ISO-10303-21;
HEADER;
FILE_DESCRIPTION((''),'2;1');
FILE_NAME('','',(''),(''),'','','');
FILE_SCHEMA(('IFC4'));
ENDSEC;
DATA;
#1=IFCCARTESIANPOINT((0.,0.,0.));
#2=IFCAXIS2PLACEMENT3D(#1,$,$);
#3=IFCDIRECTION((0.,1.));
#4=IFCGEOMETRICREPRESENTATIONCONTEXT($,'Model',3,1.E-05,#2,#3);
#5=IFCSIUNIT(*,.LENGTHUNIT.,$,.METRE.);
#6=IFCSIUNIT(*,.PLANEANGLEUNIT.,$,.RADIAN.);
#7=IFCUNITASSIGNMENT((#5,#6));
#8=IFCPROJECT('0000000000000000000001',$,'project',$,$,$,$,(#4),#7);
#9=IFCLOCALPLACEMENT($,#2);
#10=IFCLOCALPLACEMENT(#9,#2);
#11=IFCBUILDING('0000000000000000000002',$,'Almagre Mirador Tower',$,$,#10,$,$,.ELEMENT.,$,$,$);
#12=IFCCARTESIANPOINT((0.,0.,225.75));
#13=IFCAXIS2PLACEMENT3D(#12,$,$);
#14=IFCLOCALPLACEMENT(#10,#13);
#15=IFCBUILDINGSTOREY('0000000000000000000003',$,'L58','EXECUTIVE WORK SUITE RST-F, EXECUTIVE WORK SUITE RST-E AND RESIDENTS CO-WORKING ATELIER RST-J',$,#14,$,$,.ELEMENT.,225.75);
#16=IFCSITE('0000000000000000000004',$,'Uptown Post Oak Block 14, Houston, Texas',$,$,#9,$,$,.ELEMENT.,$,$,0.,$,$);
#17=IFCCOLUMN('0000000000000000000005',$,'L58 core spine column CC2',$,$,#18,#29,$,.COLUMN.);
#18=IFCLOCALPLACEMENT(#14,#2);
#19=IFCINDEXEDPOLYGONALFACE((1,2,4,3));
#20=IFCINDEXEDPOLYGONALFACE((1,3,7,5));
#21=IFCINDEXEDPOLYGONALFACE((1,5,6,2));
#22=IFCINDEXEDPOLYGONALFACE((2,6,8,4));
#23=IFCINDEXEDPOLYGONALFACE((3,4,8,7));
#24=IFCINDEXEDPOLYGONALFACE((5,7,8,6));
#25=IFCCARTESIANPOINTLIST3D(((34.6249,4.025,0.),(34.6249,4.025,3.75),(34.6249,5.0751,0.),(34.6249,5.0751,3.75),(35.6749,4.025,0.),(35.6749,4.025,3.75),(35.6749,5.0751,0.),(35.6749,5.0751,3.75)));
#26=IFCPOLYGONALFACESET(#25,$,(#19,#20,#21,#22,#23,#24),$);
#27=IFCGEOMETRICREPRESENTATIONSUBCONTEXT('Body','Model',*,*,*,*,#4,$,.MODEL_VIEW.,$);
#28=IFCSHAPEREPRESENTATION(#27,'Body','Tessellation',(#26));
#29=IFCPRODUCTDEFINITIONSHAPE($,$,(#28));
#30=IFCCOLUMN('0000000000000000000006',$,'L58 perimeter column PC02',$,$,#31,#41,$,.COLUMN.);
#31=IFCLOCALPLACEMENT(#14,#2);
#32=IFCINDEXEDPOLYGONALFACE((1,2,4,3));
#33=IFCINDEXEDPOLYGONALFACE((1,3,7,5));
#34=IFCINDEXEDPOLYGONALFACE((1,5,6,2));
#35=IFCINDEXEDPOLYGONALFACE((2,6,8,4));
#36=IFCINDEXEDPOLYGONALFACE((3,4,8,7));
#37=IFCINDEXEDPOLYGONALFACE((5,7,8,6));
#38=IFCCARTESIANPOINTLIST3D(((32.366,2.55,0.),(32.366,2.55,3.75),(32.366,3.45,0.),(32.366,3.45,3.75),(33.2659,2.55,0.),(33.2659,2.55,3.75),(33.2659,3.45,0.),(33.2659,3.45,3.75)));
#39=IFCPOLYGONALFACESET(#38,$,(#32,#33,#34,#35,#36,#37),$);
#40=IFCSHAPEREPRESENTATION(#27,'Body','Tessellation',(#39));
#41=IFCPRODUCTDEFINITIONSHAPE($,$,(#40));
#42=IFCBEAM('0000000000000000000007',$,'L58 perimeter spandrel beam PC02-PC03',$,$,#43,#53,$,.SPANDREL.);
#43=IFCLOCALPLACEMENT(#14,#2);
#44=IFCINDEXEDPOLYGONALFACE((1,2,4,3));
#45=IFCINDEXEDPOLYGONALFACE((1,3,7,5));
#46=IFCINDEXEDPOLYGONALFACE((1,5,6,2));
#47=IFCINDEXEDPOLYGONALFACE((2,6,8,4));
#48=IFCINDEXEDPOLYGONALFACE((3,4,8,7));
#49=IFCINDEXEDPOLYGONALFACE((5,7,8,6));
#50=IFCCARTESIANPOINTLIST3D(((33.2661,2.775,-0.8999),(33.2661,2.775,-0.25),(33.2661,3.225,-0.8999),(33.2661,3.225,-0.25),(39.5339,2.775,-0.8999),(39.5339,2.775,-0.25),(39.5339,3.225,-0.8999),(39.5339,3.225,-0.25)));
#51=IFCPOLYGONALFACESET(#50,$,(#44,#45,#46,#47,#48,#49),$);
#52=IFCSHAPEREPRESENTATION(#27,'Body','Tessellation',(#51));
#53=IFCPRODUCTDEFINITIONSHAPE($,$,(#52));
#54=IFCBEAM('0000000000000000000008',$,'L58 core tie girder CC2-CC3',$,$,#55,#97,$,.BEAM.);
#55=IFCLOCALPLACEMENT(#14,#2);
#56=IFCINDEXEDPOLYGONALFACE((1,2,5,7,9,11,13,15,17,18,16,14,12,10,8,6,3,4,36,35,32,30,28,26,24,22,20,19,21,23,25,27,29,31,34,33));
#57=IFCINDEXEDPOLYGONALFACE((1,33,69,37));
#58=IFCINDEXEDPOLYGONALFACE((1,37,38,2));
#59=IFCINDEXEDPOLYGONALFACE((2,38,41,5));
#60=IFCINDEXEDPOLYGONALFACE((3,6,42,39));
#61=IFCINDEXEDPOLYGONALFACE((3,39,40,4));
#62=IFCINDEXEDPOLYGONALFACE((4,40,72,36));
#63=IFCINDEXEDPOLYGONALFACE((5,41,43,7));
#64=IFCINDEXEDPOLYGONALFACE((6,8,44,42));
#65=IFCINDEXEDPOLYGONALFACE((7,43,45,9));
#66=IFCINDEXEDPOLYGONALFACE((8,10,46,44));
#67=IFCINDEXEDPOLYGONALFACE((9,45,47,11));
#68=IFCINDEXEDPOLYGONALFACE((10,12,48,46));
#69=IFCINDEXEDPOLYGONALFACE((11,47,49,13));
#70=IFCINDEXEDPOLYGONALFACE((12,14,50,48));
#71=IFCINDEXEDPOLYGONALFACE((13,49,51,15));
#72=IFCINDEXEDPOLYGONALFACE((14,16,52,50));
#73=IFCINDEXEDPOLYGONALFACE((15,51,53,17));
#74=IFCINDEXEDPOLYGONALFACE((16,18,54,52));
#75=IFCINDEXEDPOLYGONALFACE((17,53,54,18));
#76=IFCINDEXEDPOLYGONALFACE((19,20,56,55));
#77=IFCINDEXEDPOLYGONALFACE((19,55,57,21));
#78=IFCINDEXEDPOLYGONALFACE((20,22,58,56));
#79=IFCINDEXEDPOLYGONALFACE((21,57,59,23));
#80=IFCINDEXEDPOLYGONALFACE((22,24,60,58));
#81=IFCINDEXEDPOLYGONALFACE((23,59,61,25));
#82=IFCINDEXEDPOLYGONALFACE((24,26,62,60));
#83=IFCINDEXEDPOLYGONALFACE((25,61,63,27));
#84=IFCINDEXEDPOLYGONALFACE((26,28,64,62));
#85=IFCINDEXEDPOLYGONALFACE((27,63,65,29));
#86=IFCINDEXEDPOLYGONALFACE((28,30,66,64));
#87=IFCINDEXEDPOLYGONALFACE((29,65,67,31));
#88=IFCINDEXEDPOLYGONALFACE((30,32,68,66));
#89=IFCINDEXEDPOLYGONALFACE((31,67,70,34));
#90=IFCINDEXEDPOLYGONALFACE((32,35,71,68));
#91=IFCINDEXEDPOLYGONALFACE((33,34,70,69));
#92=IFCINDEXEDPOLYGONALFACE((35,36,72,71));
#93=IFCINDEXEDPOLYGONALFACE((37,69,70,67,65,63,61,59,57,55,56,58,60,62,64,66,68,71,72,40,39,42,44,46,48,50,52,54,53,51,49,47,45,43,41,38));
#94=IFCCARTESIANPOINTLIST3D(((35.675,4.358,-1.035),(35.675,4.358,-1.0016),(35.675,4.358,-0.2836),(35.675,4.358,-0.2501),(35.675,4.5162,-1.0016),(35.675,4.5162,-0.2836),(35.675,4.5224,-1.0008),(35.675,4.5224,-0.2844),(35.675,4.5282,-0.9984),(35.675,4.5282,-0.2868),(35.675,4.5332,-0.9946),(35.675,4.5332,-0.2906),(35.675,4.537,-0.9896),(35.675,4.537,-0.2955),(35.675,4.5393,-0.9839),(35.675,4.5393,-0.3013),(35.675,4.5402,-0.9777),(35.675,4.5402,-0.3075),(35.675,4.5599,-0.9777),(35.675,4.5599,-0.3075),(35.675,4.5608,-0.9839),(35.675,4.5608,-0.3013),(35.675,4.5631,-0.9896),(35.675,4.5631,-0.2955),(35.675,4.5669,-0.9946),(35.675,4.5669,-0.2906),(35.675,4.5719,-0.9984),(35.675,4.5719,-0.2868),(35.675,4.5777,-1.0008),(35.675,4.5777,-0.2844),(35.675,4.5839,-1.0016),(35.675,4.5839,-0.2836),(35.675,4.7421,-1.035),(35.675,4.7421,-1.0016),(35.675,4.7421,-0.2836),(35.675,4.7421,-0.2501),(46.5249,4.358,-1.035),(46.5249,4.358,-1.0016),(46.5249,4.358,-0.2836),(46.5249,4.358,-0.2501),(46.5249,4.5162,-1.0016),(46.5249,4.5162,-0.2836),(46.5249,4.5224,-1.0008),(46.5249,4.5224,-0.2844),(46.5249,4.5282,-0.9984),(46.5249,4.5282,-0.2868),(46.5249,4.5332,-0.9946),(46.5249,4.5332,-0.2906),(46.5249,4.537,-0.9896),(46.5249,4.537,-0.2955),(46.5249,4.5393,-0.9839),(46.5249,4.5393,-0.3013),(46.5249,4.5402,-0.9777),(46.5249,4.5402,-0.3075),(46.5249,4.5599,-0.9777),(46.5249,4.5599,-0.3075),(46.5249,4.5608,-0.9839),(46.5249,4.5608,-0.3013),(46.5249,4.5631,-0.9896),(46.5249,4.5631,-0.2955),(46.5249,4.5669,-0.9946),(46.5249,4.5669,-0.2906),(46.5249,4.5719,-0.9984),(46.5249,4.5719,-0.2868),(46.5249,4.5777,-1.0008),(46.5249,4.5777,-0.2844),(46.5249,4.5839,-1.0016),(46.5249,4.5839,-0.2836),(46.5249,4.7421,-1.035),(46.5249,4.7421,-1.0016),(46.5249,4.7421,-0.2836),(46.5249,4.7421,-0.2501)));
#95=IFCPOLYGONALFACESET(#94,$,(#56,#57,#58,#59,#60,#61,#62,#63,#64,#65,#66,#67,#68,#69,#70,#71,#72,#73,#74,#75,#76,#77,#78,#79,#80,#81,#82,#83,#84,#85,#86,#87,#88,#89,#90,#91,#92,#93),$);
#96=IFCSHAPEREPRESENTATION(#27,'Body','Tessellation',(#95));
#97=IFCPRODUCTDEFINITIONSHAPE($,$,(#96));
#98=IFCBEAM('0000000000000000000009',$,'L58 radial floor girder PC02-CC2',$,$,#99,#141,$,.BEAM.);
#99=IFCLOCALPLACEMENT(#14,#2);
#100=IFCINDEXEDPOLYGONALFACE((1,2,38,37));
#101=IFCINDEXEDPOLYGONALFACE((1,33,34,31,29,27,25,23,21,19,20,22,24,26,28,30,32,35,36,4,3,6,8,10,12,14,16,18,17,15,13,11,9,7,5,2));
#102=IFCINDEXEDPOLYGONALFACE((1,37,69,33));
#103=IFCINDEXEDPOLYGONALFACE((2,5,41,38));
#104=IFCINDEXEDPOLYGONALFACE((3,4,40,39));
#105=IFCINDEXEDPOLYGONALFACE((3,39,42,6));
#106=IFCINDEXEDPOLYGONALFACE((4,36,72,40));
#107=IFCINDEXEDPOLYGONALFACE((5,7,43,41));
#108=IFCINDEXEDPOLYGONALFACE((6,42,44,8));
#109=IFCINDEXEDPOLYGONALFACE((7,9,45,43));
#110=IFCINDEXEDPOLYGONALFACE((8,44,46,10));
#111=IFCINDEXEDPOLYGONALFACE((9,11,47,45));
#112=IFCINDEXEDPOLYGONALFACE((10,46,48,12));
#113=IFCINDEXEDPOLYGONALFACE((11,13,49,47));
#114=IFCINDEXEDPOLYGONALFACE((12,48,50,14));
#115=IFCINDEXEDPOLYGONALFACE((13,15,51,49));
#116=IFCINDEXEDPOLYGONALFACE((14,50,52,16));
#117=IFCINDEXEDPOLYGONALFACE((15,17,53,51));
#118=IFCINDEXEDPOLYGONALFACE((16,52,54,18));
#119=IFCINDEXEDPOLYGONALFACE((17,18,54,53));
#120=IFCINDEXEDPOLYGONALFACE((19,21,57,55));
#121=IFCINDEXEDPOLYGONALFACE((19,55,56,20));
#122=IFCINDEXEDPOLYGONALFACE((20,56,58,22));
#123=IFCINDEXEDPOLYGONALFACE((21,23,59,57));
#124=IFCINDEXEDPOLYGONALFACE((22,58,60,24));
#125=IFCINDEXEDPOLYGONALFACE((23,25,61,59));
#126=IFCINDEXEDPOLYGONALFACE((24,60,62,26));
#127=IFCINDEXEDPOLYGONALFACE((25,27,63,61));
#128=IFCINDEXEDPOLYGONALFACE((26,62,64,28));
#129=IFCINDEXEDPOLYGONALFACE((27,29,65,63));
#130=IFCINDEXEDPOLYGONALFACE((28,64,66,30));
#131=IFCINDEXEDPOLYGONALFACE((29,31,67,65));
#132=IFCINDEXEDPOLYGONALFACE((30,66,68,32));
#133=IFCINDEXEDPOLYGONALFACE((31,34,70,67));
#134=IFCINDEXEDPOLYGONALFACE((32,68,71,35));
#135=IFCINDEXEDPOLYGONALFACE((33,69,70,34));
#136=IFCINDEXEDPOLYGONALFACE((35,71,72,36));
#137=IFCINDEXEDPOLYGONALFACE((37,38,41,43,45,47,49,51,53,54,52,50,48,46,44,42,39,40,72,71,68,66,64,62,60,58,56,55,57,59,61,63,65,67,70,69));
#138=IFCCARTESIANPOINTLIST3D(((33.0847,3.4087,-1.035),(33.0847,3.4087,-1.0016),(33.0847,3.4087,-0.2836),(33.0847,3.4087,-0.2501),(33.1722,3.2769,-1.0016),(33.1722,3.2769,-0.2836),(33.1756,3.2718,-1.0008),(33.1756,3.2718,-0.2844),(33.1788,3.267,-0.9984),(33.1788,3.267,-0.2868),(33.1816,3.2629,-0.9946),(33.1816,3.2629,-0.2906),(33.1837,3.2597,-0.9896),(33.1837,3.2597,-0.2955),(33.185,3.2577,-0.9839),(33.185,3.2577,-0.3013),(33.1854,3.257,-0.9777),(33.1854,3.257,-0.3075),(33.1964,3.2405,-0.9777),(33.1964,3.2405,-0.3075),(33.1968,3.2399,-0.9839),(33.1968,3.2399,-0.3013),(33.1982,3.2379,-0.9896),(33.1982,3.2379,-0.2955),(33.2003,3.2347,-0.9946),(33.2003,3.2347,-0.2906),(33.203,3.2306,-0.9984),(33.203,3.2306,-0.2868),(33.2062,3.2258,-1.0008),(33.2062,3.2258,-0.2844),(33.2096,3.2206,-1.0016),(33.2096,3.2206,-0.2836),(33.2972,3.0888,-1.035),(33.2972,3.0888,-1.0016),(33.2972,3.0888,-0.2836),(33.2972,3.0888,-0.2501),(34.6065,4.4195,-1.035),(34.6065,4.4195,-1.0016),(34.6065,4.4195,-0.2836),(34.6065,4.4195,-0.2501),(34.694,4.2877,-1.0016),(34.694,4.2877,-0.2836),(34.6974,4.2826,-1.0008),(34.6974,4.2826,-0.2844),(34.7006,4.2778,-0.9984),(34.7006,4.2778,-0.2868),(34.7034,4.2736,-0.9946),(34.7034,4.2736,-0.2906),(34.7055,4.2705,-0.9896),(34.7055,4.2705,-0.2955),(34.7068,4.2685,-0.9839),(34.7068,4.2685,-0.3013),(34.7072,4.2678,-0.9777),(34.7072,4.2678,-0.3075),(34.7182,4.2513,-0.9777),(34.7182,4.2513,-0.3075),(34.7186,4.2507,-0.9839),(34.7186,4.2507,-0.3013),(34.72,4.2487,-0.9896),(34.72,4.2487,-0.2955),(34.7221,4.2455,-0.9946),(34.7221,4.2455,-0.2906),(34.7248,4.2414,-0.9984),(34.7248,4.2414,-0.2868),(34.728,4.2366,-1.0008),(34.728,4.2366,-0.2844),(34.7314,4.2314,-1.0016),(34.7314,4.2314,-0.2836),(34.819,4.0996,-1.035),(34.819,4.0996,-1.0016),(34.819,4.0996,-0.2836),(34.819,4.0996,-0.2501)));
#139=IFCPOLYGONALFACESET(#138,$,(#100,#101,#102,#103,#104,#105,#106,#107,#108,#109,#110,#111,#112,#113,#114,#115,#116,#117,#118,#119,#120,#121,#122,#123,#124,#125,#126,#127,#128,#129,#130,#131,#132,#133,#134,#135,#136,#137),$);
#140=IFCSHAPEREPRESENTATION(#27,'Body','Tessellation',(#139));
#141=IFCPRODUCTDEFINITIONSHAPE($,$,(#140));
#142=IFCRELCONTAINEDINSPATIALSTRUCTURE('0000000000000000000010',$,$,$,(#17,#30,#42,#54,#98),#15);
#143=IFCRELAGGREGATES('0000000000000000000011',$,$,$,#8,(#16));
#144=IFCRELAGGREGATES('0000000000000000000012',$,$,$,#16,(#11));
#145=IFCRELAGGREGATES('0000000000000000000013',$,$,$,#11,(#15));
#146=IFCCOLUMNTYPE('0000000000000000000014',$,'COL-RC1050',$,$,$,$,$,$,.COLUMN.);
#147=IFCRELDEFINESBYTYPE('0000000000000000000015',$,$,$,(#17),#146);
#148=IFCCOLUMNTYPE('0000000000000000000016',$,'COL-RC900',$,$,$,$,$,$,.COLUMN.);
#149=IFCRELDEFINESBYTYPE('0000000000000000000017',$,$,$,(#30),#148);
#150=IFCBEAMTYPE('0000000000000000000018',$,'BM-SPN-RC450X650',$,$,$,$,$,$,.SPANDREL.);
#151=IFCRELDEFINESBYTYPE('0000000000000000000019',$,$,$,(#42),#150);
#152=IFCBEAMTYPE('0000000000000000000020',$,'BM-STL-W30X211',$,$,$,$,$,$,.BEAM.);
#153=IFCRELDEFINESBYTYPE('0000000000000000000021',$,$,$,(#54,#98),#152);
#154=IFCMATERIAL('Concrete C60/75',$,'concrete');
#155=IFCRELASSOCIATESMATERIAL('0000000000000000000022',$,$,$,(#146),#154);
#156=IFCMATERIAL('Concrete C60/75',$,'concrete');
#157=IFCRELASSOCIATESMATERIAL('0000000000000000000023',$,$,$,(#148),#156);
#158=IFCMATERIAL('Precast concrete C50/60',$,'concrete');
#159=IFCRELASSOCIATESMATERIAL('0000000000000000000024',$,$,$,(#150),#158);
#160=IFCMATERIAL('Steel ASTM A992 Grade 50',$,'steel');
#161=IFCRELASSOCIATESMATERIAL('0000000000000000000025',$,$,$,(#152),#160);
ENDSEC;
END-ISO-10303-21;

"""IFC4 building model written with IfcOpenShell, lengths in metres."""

from ifc_helpers import new_model, si_unit, direction, frame, origin, origin_2d, place, context, subcontext, project, spatial, rectangle, i_section, extrude, material, material_profile, profile_set, type_object, element, save


model = new_model("IFC4")

# Units and contexts
model_context = context("Model", 3, precision=1e-05, world=origin(), true_north=direction((0.0, 1.0)))
body_context = subcontext(model_context, "Body", "Model", "MODEL_VIEW")
ifc_project = project(units=[si_unit("LENGTHUNIT", "METRE"), si_unit("PLANEANGLEUNIT", "RADIAN")], contexts=[model_context])

# Site, building, storey
site_placement = place(None, origin())
site = spatial("IfcSite", under=ifc_project, at=site_placement, Name="Uptown Post Oak Block 14, Houston, Texas", CompositionType="ELEMENT", RefElevation=0.0)
building_placement = place(site_placement, origin())
building = spatial("IfcBuilding", under=site, at=building_placement, Name="Almagre Mirador Tower", CompositionType="ELEMENT")
storey_placement = place(building_placement, frame((0.0, 0.0, 225.75)))
storey = spatial("IfcBuildingStorey", under=building, at=storey_placement, Name="L58", Description="EXECUTIVE WORK SUITE RST-F, EXECUTIVE WORK SUITE RST-E AND RESIDENTS CO-WORKING ATELIER RST-J", CompositionType="ELEMENT", Elevation=225.75)

# Columns
ifc_material_1 = material(Name="Concrete C60/75", Category="concrete")
ifc_material_profile_1 = material_profile(ifc_material_1, rectangle(XDim=1.05, YDim=1.05, at=origin_2d()), Name="RC1050X1050")
ifc_profile_set_1 = profile_set([ifc_material_profile_1], Name="Concrete C60/75")
column_type_1 = type_object("IfcColumnType", Name="COL-RC1050", PredefinedType="COLUMN", material=ifc_profile_set_1)
column_1_placement = place(storey_placement, frame((35.1499, 4.55, 0.0), z_axis=(0.0, 0.0, 1.0), x_axis=(1.0, 0.0, 0.0)))
element("IfcColumn", 1, at=column_1_placement, inside=storey, type_object=column_type_1, Name="L58 core spine column CC2", PredefinedType="COLUMN", context=body_context, shape_type="SweptSolid", body=[
    extrude(rectangle(XDim=1.05, YDim=1.05, at=origin_2d()), origin(), (0.0, 0.0, 1.0), 3.75),
])
ifc_material_2 = material(Name="Concrete C60/75", Category="concrete")
ifc_material_profile_2 = material_profile(ifc_material_2, rectangle(XDim=0.8999, YDim=0.8999, at=origin_2d()), Name="RC900X900")
ifc_profile_set_2 = profile_set([ifc_material_profile_2], Name="Concrete C60/75")
column_type_2 = type_object("IfcColumnType", Name="COL-RC900", PredefinedType="COLUMN", material=ifc_profile_set_2)
column_2_placement = place(storey_placement, frame((32.8159, 3.0, 0.0), z_axis=(0.0, 0.0, 1.0), x_axis=(1.0, 0.0, 0.0)))
element("IfcColumn", 2, at=column_2_placement, inside=storey, type_object=column_type_2, Name="L58 perimeter column PC02", PredefinedType="COLUMN", context=body_context, shape_type="SweptSolid", body=[
    extrude(rectangle(XDim=0.8999, YDim=0.8999, at=origin_2d()), origin(), (0.0, 0.0, 1.0), 3.75),
])

# Beams
ifc_material_3 = material(Name="Precast concrete C50/60", Category="concrete")
ifc_material_profile_3 = material_profile(ifc_material_3, rectangle(XDim=0.45, YDim=0.6499, at=origin_2d()), Name="RC450X650")
ifc_profile_set_3 = profile_set([ifc_material_profile_3], Name="Precast concrete C50/60")
beam_type_1 = type_object("IfcBeamType", Name="BM-SPN-RC450X650", PredefinedType="SPANDREL", material=ifc_profile_set_3)
beam_1_placement = place(storey_placement, frame((33.2661, 3.0, -0.575), z_axis=(1.0, 0.0, 0.0), x_axis=(0.0, 1.0, 0.0)))
element("IfcBeam", 3, at=beam_1_placement, inside=storey, type_object=beam_type_1, Name="L58 perimeter spandrel beam PC02-PC03", PredefinedType="SPANDREL", context=body_context, shape_type="SweptSolid", body=[
    extrude(rectangle(XDim=0.45, YDim=0.6499, at=origin_2d()), origin(), (0.0, 0.0, 1.0), 6.2678),
])
ifc_material_4 = material(Name="Steel ASTM A992 Grade 50", Category="steel")
ifc_material_profile_4 = material_profile(ifc_material_4, i_section(OverallWidth=0.384, OverallDepth=0.7849, WebThickness=0.0198, FlangeThickness=0.0334, FilletRadius=0.0239, at=origin_2d()), Name="W30X211")
ifc_profile_set_4 = profile_set([ifc_material_profile_4], Name="Steel ASTM A992 Grade 50")
beam_type_2 = type_object("IfcBeamType", Name="BM-STL-W30X211", PredefinedType="BEAM", material=ifc_profile_set_4)
beam_2_placement = place(storey_placement, frame((35.675, 4.55, -0.6426), z_axis=(1.0, 0.0, 0.0), x_axis=(0.0, 1.0, 0.0)))
element("IfcBeam", 4, at=beam_2_placement, inside=storey, type_object=beam_type_2, Name="L58 core tie girder CC2-CC3", PredefinedType="BEAM", context=body_context, shape_type="SweptSolid", body=[
    extrude(i_section(OverallWidth=0.384, OverallDepth=0.7849, WebThickness=0.0198, FlangeThickness=0.0334, FilletRadius=0.0239, at=origin_2d()), origin(), (0.0, 0.0, 1.0), 10.8499),
])
beam_3_placement = place(storey_placement, frame((33.1909, 3.2488, -0.6426), z_axis=(0.832995, 0.553281, 0.0), x_axis=(-0.553281, 0.832995, 0.0)))
element("IfcBeam", 5, at=beam_3_placement, inside=storey, type_object=beam_type_2, Name="L58 radial floor girder PC02-CC2", PredefinedType="BEAM", context=body_context, shape_type="SweptSolid", body=[
    extrude(i_section(OverallWidth=0.384, OverallDepth=0.7849, WebThickness=0.0198, FlangeThickness=0.0334, FilletRadius=0.0239, at=origin_2d()), origin(), (0.0, 0.0, 1.0), 1.8269),
])

save(model, "model.ifc")
